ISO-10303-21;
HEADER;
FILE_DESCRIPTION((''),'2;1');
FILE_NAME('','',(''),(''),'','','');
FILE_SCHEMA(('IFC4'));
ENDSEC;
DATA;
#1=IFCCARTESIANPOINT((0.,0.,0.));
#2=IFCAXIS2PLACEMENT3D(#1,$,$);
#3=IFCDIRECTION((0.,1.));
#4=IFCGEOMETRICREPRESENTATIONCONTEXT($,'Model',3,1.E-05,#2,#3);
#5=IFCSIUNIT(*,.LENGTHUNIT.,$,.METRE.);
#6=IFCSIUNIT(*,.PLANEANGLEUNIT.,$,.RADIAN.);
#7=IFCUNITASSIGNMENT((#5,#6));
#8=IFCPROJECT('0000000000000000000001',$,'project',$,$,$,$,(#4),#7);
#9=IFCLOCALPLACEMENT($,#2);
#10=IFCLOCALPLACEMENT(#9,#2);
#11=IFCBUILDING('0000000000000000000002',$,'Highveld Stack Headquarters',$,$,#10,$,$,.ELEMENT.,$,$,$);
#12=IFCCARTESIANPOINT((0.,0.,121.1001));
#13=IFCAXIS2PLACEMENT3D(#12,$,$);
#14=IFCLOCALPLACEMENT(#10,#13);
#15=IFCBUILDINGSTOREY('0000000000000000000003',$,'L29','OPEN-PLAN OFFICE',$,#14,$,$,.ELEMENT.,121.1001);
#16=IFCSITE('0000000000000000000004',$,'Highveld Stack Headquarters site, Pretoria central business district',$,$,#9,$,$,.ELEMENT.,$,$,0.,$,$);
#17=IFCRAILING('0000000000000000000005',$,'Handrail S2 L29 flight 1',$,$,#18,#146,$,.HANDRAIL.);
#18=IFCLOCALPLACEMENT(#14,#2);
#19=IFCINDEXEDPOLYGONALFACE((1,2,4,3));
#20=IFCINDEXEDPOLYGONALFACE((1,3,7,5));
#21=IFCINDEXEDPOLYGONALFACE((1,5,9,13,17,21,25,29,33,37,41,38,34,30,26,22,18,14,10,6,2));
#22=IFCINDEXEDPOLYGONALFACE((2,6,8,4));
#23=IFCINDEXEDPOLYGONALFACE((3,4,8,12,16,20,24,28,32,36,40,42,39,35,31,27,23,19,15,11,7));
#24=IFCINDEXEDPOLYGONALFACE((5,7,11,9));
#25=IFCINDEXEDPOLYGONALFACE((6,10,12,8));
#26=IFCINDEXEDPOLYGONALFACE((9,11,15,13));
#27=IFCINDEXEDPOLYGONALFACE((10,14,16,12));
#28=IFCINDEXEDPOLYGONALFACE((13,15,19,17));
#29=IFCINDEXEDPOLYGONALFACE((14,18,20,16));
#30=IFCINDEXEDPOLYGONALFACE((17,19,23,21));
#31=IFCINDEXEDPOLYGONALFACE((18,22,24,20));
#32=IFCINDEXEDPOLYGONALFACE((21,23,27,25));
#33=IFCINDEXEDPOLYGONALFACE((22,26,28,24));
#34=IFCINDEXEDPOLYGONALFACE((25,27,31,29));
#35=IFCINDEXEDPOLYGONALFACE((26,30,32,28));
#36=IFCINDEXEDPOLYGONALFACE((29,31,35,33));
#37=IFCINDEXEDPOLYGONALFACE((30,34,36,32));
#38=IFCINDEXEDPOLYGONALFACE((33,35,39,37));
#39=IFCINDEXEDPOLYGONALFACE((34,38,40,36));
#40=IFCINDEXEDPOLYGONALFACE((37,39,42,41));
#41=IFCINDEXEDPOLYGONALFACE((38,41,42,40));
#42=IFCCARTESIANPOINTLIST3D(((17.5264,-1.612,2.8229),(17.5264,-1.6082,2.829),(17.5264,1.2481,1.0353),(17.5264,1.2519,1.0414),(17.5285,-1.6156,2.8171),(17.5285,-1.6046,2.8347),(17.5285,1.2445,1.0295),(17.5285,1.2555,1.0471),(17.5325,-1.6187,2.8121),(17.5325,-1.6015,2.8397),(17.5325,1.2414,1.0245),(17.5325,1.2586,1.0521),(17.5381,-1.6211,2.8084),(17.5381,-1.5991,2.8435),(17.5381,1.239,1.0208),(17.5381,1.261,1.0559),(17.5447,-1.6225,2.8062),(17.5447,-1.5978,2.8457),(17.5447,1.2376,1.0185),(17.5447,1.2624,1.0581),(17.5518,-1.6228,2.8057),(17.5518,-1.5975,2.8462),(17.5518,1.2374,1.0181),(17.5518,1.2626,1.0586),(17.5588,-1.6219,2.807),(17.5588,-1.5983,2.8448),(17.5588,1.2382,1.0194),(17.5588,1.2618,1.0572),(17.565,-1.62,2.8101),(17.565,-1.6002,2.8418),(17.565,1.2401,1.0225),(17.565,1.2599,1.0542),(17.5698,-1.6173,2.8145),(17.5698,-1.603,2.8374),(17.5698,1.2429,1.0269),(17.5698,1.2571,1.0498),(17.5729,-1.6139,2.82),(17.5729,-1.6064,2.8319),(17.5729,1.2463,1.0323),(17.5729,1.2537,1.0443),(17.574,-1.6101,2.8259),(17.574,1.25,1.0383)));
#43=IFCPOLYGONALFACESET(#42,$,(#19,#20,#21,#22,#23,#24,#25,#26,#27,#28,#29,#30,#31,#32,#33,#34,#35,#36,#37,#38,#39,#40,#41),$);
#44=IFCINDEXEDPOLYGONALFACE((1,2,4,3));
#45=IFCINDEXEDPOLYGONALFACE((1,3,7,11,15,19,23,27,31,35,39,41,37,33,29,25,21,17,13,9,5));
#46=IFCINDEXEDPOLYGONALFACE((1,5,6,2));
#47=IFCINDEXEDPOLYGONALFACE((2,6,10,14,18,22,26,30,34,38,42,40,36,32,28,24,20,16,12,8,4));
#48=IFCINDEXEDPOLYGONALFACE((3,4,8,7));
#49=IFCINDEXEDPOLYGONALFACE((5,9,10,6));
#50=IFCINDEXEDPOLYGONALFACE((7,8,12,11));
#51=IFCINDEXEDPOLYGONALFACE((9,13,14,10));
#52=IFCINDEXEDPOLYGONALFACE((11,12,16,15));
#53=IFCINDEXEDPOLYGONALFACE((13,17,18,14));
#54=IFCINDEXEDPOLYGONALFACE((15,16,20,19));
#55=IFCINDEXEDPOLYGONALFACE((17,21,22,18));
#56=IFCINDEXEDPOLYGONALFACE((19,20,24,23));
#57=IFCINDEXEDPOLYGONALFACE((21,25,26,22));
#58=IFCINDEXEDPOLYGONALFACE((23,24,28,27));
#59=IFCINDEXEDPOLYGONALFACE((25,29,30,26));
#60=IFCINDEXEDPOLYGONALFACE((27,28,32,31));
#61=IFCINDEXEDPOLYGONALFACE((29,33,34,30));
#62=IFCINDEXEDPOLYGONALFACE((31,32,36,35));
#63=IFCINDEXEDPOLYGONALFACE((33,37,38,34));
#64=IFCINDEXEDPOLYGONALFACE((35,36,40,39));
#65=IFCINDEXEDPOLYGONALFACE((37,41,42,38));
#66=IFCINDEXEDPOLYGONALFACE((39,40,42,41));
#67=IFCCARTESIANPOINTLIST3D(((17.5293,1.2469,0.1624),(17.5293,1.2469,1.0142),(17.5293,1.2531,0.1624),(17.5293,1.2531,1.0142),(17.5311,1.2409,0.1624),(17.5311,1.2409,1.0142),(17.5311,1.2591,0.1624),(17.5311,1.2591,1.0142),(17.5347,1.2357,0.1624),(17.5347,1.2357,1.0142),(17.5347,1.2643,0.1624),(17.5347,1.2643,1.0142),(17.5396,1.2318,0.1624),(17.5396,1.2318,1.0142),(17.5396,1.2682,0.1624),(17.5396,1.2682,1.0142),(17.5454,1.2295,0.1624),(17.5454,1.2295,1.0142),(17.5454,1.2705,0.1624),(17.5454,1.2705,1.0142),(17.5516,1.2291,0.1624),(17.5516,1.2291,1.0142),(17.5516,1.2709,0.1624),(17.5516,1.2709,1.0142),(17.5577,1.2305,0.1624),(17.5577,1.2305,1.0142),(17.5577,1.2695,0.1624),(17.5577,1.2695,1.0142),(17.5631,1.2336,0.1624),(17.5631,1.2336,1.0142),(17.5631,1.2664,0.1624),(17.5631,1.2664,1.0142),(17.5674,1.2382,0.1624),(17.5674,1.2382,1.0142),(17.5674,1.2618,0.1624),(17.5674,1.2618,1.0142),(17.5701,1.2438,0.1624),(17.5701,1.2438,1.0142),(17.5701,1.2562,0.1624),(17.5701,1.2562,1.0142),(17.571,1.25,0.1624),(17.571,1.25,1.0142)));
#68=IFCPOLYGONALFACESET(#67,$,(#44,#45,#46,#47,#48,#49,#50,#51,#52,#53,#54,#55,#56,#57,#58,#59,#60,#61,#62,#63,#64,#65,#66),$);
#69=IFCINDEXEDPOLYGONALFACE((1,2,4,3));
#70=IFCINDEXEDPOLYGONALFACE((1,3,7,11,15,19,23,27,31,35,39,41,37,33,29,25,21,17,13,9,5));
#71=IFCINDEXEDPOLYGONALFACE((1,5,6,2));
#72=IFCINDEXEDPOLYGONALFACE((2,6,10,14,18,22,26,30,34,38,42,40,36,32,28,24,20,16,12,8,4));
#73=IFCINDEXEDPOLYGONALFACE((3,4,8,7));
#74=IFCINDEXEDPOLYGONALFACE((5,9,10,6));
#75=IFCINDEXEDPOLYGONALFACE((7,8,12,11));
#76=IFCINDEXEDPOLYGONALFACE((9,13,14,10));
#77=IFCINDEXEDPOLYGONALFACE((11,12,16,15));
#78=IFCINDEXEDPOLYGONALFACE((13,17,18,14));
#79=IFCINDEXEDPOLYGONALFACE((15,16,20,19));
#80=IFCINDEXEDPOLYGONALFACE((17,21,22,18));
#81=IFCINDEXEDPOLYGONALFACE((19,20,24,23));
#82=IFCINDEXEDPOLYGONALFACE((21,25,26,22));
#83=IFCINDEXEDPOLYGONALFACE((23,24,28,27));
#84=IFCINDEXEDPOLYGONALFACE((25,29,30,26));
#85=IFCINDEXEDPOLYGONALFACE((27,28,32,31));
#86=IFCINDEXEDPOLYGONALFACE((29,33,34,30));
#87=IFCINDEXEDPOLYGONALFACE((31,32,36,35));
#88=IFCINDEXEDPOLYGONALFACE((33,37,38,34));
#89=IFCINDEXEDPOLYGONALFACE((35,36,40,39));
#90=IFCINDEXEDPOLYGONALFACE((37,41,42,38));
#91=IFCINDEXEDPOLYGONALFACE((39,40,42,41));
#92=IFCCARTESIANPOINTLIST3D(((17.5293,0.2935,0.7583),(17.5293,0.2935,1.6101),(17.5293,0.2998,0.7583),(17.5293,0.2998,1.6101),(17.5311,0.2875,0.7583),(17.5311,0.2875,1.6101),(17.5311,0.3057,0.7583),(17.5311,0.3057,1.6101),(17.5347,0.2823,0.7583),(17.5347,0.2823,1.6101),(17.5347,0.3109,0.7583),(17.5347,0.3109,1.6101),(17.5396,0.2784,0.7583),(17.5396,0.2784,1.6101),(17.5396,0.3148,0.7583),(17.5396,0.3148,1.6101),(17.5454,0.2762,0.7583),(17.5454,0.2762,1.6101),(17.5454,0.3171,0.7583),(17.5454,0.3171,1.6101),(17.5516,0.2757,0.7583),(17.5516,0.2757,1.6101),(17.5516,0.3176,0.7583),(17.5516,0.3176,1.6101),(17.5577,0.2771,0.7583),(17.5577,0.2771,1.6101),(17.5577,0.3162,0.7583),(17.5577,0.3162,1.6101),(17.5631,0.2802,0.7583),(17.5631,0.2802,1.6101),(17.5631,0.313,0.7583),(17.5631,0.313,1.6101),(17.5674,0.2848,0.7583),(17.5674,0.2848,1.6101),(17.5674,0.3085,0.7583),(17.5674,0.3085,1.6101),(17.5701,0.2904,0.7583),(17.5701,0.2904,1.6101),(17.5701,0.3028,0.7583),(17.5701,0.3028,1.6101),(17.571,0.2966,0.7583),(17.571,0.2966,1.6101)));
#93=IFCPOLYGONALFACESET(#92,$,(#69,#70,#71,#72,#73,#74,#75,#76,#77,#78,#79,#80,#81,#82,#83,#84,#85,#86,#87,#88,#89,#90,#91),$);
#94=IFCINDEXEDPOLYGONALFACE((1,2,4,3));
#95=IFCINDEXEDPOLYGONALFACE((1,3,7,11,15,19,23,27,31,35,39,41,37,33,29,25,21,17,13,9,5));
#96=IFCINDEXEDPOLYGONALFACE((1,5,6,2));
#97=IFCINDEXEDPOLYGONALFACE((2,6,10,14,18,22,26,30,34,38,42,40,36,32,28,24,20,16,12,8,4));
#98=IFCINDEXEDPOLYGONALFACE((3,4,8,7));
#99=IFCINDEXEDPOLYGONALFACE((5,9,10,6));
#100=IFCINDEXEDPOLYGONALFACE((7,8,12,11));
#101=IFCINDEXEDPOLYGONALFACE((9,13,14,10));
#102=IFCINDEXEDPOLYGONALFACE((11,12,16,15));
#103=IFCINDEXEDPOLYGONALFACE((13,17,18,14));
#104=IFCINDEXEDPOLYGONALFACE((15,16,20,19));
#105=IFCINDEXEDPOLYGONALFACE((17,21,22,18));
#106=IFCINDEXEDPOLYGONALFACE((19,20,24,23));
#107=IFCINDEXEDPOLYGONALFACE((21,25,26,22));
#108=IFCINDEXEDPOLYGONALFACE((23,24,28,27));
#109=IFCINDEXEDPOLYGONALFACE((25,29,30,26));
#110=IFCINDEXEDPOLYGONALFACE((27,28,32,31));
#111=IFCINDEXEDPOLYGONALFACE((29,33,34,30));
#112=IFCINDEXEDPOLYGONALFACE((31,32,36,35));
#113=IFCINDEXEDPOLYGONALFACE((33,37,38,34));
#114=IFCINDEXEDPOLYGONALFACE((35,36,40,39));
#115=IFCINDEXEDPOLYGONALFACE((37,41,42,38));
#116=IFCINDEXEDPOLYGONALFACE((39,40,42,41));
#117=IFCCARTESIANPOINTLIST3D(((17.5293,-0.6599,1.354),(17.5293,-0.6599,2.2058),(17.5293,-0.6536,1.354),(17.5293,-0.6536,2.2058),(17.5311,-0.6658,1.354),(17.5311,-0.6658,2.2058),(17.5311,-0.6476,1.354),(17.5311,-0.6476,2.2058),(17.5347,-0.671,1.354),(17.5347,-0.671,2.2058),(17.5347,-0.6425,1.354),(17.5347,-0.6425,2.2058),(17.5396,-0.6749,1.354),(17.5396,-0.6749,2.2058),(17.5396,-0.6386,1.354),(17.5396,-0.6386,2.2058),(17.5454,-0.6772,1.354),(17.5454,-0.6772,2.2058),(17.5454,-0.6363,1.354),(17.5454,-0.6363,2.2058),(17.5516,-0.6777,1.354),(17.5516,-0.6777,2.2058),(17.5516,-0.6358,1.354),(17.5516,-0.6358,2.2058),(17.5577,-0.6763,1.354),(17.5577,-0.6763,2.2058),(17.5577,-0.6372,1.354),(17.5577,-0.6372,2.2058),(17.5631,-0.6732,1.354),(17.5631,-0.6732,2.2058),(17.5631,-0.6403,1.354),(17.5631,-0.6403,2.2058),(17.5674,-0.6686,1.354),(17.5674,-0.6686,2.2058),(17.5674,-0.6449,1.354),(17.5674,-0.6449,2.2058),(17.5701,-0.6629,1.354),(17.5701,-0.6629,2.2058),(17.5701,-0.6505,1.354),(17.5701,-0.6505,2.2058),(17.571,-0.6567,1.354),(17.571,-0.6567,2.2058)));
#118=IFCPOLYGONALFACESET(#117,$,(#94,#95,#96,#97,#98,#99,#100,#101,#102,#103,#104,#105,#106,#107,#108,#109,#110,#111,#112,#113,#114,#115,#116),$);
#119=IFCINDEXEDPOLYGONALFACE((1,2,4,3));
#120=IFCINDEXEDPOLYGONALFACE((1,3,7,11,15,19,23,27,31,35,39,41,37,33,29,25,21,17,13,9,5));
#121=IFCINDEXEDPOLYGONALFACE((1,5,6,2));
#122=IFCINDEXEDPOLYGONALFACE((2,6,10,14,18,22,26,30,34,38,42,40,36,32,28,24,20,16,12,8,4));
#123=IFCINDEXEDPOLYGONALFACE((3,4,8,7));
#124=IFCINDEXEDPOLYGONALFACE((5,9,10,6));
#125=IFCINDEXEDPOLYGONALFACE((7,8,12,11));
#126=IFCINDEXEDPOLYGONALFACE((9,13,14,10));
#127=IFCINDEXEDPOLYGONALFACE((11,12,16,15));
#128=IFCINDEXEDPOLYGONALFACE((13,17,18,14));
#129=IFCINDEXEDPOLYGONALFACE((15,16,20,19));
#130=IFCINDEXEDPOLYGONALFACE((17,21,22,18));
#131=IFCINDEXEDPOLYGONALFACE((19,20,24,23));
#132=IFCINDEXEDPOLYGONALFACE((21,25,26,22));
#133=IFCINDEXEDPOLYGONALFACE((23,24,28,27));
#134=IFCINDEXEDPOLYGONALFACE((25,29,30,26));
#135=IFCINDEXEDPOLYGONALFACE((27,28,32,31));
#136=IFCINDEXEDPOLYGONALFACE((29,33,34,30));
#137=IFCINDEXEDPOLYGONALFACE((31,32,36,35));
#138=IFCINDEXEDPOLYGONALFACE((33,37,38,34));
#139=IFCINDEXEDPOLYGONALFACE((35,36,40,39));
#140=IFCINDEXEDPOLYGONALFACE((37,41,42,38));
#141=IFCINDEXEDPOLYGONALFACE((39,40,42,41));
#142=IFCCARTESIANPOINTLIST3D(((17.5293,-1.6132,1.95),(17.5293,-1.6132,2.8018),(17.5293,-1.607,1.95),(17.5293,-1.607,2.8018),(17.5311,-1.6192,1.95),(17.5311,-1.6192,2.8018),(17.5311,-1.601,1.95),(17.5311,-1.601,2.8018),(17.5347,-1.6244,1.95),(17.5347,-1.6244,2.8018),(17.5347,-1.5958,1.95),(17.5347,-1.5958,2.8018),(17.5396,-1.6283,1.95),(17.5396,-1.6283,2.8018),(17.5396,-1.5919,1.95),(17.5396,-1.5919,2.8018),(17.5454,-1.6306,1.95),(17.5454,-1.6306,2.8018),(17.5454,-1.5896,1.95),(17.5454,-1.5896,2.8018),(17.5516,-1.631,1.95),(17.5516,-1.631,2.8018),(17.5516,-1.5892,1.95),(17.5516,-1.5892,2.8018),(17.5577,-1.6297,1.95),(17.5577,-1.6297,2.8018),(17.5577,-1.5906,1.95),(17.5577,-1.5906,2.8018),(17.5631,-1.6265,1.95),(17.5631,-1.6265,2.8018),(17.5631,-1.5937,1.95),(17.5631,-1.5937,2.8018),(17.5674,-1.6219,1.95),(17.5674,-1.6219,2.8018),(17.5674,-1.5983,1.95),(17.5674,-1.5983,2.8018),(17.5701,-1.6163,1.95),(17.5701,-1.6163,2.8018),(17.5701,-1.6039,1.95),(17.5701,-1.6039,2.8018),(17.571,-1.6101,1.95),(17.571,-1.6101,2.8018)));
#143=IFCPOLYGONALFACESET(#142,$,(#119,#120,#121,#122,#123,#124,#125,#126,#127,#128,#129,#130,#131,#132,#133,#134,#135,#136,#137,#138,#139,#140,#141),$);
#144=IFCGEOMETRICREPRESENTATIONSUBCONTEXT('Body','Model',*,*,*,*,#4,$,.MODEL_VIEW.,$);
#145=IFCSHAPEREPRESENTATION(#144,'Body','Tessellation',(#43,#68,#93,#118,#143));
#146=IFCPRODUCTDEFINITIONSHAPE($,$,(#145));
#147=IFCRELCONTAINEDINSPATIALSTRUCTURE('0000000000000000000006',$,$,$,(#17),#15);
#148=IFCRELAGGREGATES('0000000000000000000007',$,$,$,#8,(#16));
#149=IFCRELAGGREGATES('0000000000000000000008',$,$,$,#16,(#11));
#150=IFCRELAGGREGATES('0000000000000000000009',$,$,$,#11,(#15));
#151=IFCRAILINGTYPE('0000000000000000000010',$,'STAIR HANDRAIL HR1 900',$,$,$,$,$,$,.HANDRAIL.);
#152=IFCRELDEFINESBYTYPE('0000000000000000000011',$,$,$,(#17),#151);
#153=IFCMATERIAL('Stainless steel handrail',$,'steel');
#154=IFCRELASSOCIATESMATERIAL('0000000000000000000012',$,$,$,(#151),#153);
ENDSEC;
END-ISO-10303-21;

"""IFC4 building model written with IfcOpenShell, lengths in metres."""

from ifc_helpers import new_model, si_unit, direction, frame, origin, origin_2d, place, context, subcontext, project, spatial, circle, extrude, material, type_object, element, save


model = new_model("IFC4")

# Units and contexts
model_context = context("Model", 3, precision=1e-05, world=origin(), true_north=direction((0.0, 1.0)))
body_context = subcontext(model_context, "Body", "Model", "MODEL_VIEW")
ifc_project = project(units=[si_unit("LENGTHUNIT", "METRE"), si_unit("PLANEANGLEUNIT", "RADIAN")], contexts=[model_context])

# Site, building, storey
site_placement = place(None, origin())
site = spatial("IfcSite", under=ifc_project, at=site_placement, Name="Highveld Stack Headquarters site, Pretoria central business district", CompositionType="ELEMENT", RefElevation=0.0)
building_placement = place(site_placement, origin())
building = spatial("IfcBuilding", under=site, at=building_placement, Name="Highveld Stack Headquarters", CompositionType="ELEMENT")
storey_placement = place(building_placement, frame((0.0, 0.0, 121.1001)))
storey = spatial("IfcBuildingStorey", under=building, at=storey_placement, Name="L29", Description="OPEN-PLAN OFFICE", CompositionType="ELEMENT", Elevation=121.1001)

# Railing
ifc_material_1 = material(Name="Stainless steel handrail", Category="steel")
railing_type = type_object("IfcRailingType", Name="STAIR HANDRAIL HR1 900", PredefinedType="HANDRAIL", material=ifc_material_1)
for number, where, name in (
    (1, (17.55, 1.25, 0.1624), "Handrail S2 L29 flight 1"),
):
    element("IfcRailing", number, at=place(storey_placement, frame(where)), inside=storey, type_object=railing_type, Name=name, PredefinedType="HANDRAIL", context=body_context, shape_type="SweptSolid", body=[
        extrude(circle(Radius=0.0239, at=origin_2d()), frame((0.0, 0.0, 0.876), z_axis=(0.0, -0.847994, 0.530005), x_axis=(1.0, 0.0, 0.0)), (0.0, 0.0, 1.0), 3.3728),
        extrude(circle(Radius=0.021, at=origin_2d()), origin(), (0.0, 0.0, 1.0), 0.8518),
        extrude(circle(Radius=0.021, at=origin_2d()), frame((0.0, -0.9534, 0.5959)), (0.0, 0.0, 1.0), 0.8518),
        extrude(circle(Radius=0.021, at=origin_2d()), frame((0.0, -1.9067, 1.1917)), (0.0, 0.0, 1.0), 0.8518),
        extrude(circle(Radius=0.021, at=origin_2d()), frame((0.0, -2.8601, 1.7876)), (0.0, 0.0, 1.0), 0.8518),
    ])

save(model, "model.ifc")
